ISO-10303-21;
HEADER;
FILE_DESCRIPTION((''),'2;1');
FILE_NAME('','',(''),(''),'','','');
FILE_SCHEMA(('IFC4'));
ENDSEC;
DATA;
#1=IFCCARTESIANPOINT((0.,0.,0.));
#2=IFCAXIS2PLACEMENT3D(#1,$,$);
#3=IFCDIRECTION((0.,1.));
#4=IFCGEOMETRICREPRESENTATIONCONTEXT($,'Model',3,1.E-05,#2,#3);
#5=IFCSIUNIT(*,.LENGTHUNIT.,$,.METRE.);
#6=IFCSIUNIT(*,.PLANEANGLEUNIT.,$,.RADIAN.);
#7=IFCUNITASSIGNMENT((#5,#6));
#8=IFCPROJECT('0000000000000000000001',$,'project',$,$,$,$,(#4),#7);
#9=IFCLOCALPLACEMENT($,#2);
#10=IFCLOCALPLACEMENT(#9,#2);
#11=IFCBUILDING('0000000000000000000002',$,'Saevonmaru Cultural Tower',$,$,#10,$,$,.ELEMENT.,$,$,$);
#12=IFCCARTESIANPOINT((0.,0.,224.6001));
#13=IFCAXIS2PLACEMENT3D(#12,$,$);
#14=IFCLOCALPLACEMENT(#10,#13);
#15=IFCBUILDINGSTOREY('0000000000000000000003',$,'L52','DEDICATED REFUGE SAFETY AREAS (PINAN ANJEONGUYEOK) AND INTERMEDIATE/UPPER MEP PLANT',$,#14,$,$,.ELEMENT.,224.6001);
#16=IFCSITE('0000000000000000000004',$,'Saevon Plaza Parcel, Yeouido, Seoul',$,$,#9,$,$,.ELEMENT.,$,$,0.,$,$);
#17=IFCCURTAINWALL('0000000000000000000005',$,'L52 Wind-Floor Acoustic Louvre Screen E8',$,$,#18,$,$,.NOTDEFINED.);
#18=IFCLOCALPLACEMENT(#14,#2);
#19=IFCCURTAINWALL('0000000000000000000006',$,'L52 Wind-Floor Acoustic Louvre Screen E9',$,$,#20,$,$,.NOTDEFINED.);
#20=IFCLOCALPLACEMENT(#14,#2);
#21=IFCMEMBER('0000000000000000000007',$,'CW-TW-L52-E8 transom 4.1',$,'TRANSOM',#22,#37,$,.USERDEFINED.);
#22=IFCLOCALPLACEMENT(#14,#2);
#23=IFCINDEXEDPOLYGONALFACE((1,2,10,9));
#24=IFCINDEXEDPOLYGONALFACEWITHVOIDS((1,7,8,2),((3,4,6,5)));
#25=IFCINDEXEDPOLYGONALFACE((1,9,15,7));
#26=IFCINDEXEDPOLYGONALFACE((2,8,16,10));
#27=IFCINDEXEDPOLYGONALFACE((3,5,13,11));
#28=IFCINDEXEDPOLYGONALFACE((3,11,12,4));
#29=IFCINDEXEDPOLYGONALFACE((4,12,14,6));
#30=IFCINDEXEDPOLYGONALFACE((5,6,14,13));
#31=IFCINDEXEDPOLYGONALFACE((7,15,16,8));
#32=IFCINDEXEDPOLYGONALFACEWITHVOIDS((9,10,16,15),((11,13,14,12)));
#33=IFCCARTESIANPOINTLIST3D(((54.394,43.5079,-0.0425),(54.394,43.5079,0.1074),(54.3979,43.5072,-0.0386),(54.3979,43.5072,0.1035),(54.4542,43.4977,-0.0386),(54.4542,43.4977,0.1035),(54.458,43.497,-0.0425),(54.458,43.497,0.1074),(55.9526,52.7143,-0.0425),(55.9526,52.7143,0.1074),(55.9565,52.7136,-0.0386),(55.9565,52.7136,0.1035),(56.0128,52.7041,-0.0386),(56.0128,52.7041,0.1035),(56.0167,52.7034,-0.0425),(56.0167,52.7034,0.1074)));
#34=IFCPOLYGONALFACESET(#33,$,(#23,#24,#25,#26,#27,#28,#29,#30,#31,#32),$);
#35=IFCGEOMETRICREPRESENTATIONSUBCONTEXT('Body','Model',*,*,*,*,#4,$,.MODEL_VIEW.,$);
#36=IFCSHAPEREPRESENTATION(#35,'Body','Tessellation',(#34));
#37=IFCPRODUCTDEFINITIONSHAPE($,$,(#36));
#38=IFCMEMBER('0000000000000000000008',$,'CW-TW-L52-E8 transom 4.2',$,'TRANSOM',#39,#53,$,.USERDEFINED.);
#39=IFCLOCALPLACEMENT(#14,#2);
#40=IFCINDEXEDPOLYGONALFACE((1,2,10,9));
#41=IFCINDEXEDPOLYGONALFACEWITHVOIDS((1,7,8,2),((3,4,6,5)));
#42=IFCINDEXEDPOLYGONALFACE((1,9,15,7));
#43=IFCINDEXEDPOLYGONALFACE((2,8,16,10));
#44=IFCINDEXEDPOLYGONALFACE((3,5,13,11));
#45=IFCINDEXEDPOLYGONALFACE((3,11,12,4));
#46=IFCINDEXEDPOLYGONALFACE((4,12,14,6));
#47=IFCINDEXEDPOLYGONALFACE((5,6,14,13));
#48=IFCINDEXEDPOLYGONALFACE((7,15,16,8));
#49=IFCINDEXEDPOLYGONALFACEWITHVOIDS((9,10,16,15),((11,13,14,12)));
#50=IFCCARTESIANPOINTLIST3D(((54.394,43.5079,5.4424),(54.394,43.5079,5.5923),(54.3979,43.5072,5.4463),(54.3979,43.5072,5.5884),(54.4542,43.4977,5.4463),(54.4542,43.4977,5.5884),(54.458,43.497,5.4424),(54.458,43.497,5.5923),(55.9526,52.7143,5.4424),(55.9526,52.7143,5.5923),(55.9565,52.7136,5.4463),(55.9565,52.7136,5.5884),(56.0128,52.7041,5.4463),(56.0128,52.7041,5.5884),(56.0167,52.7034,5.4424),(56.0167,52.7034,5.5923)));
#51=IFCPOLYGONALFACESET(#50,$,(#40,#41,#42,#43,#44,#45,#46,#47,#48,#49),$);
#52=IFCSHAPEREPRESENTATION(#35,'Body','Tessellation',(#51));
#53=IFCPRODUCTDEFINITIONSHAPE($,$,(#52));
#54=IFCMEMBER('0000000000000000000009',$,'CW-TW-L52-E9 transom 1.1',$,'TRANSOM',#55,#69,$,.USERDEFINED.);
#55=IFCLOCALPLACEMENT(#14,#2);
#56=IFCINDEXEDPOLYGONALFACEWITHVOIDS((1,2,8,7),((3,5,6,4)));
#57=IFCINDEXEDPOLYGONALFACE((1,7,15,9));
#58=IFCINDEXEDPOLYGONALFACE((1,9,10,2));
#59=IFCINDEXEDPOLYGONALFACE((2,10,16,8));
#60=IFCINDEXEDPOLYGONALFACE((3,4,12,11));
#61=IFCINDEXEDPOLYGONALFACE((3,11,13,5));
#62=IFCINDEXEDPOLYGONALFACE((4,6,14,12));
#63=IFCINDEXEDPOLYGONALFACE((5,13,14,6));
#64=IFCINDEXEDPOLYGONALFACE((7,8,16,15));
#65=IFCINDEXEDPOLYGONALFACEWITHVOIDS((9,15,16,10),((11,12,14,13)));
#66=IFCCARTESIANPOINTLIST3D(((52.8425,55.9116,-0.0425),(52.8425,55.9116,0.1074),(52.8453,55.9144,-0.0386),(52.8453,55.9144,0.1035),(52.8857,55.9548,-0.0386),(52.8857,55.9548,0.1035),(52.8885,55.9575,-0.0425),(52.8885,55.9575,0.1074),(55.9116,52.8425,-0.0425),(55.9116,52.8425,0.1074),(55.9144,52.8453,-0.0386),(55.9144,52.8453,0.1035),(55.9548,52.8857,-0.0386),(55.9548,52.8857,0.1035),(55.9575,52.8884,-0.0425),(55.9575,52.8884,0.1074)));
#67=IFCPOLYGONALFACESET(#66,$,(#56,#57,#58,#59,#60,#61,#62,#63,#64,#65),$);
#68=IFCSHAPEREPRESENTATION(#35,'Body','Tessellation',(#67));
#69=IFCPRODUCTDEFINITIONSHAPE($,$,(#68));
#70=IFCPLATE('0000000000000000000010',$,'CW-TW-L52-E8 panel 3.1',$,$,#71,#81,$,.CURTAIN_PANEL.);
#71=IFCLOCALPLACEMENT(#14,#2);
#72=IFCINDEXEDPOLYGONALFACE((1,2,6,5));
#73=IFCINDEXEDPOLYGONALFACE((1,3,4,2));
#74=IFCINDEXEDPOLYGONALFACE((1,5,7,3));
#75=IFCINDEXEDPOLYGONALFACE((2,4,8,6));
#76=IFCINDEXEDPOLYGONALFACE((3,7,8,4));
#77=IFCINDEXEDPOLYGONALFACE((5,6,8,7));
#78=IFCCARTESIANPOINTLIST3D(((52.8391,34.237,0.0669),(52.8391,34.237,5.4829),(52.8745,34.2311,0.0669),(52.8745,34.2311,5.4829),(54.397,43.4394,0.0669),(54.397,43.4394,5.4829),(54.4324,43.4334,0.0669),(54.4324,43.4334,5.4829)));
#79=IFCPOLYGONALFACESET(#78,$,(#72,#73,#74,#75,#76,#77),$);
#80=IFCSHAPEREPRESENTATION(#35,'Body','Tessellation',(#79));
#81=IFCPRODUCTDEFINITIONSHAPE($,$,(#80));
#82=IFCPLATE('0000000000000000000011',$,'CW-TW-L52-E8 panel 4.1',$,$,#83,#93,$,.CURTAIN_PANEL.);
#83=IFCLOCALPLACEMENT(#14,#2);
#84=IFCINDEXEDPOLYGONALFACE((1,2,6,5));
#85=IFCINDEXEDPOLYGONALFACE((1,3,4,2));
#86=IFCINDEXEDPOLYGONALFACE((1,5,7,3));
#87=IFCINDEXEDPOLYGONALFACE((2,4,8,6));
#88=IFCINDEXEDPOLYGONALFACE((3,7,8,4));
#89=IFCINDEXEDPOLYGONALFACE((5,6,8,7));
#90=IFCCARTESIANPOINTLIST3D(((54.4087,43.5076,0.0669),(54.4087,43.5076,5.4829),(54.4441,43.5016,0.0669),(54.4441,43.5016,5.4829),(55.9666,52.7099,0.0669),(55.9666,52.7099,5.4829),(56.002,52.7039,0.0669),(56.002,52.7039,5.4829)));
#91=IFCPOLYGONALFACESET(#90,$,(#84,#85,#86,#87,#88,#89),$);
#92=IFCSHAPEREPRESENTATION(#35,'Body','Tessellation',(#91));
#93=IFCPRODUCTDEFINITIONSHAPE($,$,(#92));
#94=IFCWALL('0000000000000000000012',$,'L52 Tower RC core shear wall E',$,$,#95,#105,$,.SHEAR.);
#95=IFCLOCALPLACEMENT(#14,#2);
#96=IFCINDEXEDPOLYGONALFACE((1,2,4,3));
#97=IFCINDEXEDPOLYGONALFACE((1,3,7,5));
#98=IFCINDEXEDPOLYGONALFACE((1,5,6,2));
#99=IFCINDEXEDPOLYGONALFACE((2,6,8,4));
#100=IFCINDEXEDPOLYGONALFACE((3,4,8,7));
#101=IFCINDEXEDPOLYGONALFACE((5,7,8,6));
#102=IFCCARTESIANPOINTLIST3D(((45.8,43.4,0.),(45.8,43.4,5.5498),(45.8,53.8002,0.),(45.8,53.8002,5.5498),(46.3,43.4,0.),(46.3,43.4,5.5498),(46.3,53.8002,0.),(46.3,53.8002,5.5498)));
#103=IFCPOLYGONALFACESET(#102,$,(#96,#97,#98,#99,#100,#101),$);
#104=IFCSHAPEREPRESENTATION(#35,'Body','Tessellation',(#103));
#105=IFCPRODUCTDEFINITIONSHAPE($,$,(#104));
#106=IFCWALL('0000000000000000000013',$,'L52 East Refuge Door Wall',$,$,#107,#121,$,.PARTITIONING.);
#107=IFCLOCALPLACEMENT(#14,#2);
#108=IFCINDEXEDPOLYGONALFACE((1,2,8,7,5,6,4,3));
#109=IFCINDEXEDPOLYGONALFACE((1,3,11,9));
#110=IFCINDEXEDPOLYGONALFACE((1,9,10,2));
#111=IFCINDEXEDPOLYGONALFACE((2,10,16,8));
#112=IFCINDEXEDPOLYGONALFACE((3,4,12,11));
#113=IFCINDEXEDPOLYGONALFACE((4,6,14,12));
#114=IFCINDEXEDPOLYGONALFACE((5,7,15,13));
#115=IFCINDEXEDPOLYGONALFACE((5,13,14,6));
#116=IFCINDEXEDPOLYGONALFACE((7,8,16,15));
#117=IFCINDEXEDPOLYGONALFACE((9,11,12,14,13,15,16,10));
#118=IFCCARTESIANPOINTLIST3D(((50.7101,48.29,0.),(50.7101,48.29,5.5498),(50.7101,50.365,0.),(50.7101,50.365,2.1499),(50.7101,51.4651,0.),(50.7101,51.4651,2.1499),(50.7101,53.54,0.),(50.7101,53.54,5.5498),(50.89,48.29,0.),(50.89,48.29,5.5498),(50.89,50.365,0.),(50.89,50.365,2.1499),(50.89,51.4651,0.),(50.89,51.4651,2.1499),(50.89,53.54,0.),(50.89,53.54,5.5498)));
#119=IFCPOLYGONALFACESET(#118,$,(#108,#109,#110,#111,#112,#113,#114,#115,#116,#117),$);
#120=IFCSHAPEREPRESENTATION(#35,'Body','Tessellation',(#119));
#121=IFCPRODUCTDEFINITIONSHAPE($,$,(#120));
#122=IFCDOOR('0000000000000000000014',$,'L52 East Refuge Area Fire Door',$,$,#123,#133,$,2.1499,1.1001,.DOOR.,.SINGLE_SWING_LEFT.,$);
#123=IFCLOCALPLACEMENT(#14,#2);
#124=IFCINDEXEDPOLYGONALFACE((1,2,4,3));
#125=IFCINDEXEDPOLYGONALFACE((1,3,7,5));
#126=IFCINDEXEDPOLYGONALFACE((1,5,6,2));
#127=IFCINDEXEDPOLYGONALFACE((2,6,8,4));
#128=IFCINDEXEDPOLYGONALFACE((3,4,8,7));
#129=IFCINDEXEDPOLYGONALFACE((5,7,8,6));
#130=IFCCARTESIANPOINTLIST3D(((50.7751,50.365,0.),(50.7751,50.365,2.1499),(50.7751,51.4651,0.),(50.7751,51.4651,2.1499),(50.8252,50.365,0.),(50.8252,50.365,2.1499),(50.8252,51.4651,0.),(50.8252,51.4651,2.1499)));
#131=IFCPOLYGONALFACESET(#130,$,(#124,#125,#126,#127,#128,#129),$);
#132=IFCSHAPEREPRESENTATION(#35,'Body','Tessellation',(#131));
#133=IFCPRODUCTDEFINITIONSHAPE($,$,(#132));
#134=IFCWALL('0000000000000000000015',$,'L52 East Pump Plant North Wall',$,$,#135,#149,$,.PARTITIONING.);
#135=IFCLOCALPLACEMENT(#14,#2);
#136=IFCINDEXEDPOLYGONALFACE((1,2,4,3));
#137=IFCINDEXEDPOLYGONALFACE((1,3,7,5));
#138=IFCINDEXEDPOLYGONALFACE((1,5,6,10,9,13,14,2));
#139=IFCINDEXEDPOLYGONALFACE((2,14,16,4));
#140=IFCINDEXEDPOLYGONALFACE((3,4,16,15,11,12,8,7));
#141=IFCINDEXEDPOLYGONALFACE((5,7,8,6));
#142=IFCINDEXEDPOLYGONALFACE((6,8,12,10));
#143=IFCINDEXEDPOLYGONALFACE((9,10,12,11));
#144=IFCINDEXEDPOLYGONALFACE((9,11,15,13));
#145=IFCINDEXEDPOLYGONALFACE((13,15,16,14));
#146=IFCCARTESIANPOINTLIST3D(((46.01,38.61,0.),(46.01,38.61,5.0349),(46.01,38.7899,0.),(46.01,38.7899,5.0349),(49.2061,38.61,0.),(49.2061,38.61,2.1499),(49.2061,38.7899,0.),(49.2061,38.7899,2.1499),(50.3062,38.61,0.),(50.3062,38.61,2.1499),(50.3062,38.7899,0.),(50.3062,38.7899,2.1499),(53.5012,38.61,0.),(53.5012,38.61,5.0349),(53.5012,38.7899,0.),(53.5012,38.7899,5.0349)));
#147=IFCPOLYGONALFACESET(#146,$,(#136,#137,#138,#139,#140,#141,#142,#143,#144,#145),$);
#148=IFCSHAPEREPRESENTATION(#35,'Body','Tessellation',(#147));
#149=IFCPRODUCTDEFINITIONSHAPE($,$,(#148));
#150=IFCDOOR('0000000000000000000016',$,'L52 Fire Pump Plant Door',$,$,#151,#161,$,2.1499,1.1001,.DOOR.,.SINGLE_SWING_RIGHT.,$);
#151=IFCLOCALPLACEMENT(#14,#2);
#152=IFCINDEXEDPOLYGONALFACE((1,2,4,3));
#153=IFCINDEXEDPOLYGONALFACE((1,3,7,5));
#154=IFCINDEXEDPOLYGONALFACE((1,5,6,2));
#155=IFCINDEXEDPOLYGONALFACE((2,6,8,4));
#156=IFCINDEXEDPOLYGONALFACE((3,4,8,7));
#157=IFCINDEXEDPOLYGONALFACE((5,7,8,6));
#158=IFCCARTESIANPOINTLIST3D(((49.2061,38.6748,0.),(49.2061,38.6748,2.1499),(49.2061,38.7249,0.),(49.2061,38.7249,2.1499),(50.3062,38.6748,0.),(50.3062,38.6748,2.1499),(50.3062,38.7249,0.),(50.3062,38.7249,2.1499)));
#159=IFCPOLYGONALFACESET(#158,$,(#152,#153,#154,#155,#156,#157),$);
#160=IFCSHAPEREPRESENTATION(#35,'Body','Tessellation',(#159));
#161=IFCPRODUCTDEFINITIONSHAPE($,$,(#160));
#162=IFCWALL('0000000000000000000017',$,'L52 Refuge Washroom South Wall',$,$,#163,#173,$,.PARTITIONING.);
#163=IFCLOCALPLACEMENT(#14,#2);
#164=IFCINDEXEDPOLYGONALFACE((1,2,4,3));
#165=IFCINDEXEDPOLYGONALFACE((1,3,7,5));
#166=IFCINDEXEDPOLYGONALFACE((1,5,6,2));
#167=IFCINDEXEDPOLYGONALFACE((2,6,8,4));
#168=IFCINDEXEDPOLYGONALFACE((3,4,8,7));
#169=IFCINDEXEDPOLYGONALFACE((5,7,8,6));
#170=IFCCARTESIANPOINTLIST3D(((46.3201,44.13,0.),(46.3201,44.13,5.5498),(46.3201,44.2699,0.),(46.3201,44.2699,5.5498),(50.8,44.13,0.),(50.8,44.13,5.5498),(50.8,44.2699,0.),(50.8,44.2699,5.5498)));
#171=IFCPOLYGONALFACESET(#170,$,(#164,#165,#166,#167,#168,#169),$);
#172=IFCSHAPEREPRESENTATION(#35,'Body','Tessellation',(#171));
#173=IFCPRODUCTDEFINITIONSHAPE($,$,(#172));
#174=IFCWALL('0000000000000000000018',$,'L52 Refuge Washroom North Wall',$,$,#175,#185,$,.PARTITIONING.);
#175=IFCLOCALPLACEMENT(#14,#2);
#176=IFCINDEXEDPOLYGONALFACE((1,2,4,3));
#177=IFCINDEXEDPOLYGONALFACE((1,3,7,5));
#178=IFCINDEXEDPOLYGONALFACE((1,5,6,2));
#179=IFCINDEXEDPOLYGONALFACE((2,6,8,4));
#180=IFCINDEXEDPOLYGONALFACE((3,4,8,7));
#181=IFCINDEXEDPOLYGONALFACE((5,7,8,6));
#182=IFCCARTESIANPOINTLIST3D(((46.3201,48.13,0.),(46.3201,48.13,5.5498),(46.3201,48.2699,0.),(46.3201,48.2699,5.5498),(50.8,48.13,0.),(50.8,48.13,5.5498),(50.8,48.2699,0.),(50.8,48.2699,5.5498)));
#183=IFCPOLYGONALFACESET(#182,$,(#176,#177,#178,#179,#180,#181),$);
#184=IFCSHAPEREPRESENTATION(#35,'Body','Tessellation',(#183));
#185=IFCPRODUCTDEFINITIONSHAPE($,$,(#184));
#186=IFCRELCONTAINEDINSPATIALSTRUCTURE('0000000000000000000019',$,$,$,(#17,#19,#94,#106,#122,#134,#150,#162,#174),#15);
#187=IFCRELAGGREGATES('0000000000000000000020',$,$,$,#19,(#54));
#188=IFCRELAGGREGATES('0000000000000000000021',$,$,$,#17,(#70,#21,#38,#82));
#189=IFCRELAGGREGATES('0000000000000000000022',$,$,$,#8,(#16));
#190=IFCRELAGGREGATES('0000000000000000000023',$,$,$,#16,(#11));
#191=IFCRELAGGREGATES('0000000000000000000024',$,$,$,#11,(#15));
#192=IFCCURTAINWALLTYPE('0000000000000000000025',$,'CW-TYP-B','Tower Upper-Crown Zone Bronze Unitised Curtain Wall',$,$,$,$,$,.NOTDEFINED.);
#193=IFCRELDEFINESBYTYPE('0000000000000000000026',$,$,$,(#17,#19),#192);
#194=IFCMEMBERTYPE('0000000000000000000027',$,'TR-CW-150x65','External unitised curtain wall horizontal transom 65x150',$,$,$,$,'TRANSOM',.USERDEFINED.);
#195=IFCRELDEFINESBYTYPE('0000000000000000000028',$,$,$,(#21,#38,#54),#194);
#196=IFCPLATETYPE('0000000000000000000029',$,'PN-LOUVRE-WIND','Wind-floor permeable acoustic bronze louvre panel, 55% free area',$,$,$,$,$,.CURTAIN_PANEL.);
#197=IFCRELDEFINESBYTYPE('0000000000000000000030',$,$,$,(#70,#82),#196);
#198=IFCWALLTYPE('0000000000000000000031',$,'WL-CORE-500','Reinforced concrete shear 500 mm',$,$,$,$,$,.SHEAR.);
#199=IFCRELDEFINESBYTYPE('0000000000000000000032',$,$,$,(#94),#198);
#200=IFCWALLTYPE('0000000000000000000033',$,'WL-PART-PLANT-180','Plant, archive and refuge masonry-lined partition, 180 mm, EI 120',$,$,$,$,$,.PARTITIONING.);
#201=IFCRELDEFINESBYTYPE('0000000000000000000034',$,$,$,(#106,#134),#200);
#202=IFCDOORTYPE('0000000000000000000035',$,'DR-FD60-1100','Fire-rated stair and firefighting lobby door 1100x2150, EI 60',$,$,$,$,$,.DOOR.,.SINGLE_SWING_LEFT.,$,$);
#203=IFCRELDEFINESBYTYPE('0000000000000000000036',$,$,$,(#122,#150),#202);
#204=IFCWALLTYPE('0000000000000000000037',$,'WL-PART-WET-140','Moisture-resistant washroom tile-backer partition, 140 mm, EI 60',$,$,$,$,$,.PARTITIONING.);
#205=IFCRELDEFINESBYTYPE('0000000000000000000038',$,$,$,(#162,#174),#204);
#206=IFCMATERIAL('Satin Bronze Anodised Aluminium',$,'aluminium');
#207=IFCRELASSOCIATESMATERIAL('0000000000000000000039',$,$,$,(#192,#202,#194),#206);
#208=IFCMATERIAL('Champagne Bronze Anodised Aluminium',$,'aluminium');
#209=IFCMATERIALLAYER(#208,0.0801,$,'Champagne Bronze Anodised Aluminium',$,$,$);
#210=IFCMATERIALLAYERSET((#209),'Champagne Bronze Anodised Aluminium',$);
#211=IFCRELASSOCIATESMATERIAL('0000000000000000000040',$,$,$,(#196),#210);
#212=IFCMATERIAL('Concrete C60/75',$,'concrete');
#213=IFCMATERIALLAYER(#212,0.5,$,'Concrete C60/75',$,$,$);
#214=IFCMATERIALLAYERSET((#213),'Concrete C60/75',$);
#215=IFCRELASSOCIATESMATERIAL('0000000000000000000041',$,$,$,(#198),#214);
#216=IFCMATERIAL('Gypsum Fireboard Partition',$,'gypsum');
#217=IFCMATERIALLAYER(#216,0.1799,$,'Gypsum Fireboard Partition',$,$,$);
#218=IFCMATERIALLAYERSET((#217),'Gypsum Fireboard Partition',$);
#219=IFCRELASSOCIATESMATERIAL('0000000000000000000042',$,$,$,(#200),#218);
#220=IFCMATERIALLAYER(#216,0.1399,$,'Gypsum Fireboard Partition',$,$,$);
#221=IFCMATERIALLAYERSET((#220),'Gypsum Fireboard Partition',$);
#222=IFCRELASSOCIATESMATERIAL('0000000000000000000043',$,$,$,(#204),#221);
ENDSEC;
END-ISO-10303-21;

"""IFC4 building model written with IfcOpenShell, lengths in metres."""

from ifc_helpers import new_model, si_unit, direction, frame, frame_2d, origin, origin_2d, place, context, subcontext, project, spatial, rectangle, hollow_rectangle, extrude, material, layer, layer_set, material_profile, profile_set, type_object, element, fill, aggregate, save


model = new_model("IFC4")

# Units and contexts
model_context = context("Model", 3, precision=1e-05, world=origin(), true_north=direction((0.0, 1.0)))
body_context = subcontext(model_context, "Body", "Model", "MODEL_VIEW")
ifc_project = project(units=[si_unit("LENGTHUNIT", "METRE"), si_unit("PLANEANGLEUNIT", "RADIAN")], contexts=[model_context])

# Site, building, storey
site_placement = place(None, origin())
site = spatial("IfcSite", under=ifc_project, at=site_placement, Name="Saevon Plaza Parcel, Yeouido, Seoul", CompositionType="ELEMENT", RefElevation=0.0)
building_placement = place(site_placement, origin())
building = spatial("IfcBuilding", under=site, at=building_placement, Name="Saevonmaru Cultural Tower", CompositionType="ELEMENT")
storey_placement = place(building_placement, frame((0.0, 0.0, 224.6001)))
storey = spatial("IfcBuildingStorey", under=building, at=storey_placement, Name="L52", Description="DEDICATED REFUGE SAFETY AREAS (PINAN ANJEONGUYEOK) AND INTERMEDIATE/UPPER MEP PLANT", CompositionType="ELEMENT", Elevation=224.6001)

# Curtain wall
ifc_material_1 = material(Name="Satin Bronze Anodised Aluminium", Category="aluminium")
curtain_wall_type = type_object("IfcCurtainWallType", Name="CW-TYP-B", Description="Tower Upper-Crown Zone Bronze Unitised Curtain Wall", PredefinedType="NOTDEFINED", material=ifc_material_1)
curtain_wall_1_placement = place(storey_placement, origin())
curtain_wall_1 = element("IfcCurtainWall", 1, at=curtain_wall_1_placement, inside=storey, type_object=curtain_wall_type, Name="L52 Wind-Floor Acoustic Louvre Screen E8", PredefinedType="NOTDEFINED")

# Curtain wall
curtain_wall_2_placement = place(storey_placement, origin())
curtain_wall_2 = element("IfcCurtainWall", 2, at=curtain_wall_2_placement, inside=storey, type_object=curtain_wall_type, Name="L52 Wind-Floor Acoustic Louvre Screen E9", PredefinedType="NOTDEFINED")

# Members
ifc_material_profile_1 = material_profile(ifc_material_1, hollow_rectangle(XDim=0.0649, YDim=0.1499, WallThickness=0.0039, at=origin_2d()), Name="ALU-TRAN-150x65x4")
ifc_profile_set_1 = profile_set([ifc_material_profile_1], Name="Satin Bronze Anodised Aluminium")
member_type_1 = type_object("IfcMemberType", Name="TR-CW-150x65", Description="External unitised curtain wall horizontal transom 65x150", ElementType="TRANSOM", PredefinedType="USERDEFINED", material=ifc_profile_set_1)
member_1_placement = place(storey_placement, frame((54.426, 43.5024, 0.0325), z_axis=(0.166921, 0.98597, 0.0), x_axis=(-0.98597, 0.166921, 0.0)))
member_1 = element("IfcMember", 3, at=member_1_placement, type_object=member_type_1, Name="CW-TW-L52-E8 transom 4.1", ObjectType="TRANSOM", PredefinedType="USERDEFINED", context=body_context, shape_type="SweptSolid", body=[
    extrude(hollow_rectangle(XDim=0.0649, YDim=0.1499, WallThickness=0.0039, at=origin_2d()), origin(), (0.0, 0.0, 1.0), 9.3374),
])
member_2_placement = place(storey_placement, frame((54.426, 43.5024, 5.5173), z_axis=(0.166921, 0.98597, 0.0), x_axis=(-0.98597, 0.166921, 0.0)))
member_2 = element("IfcMember", 4, at=member_2_placement, type_object=member_type_1, Name="CW-TW-L52-E8 transom 4.2", ObjectType="TRANSOM", PredefinedType="USERDEFINED", context=body_context, shape_type="SweptSolid", body=[
    extrude(hollow_rectangle(XDim=0.0649, YDim=0.1499, WallThickness=0.0039, at=origin_2d()), origin(), (0.0, 0.0, 1.0), 9.3374),
])
member_3_placement = place(storey_placement, frame((55.9346, 52.8655, 0.0325), z_axis=(-0.707107, 0.707107, 0.0), x_axis=(-0.707107, -0.707107, 0.0)))
member_3 = element("IfcMember", 5, at=member_3_placement, type_object=member_type_1, Name="CW-TW-L52-E9 transom 1.1", ObjectType="TRANSOM", PredefinedType="USERDEFINED", context=body_context, shape_type="SweptSolid", body=[
    extrude(hollow_rectangle(XDim=0.0649, YDim=0.1499, WallThickness=0.0039, at=origin_2d()), origin(), (0.0, 0.0, 1.0), 4.3403),
])
aggregate(curtain_wall_2, [member_3])

# Plates
ifc_material_2 = material(Name="Champagne Bronze Anodised Aluminium", Category="aluminium")
ifc_layer_1 = layer(ifc_material_2, 0.0801, Name="Champagne Bronze Anodised Aluminium")
ifc_layer_set_1 = layer_set([ifc_layer_1], Name="Champagne Bronze Anodised Aluminium")
plate_type = type_object("IfcPlateType", Name="PN-LOUVRE-WIND", Description="Wind-floor permeable acoustic bronze louvre panel, 55% free area", PredefinedType="CURTAIN_PANEL", material=ifc_layer_set_1)
plate_1_placement = place(storey_placement, frame((53.6357, 38.8352, 0.0669), z_axis=(0.0, 0.0, 1.0), x_axis=(0.166922, 0.98597, 0.0)))
plate_1 = element("IfcPlate", 6, at=plate_1_placement, type_object=plate_type, Name="CW-TW-L52-E8 panel 3.1", PredefinedType="CURTAIN_PANEL", context=body_context, shape_type="SweptSolid", body=[
    extrude(rectangle(XDim=9.3333, YDim=0.0359, at=origin_2d()), origin(), (0.0, 0.0, 1.0), 5.416),
])
plate_2_placement = place(storey_placement, frame((55.2053, 48.1057, 0.0669), z_axis=(0.0, 0.0, 1.0), x_axis=(0.166922, 0.98597, 0.0)))
plate_2 = element("IfcPlate", 7, at=plate_2_placement, type_object=plate_type, Name="CW-TW-L52-E8 panel 4.1", PredefinedType="CURTAIN_PANEL", context=body_context, shape_type="SweptSolid", body=[
    extrude(rectangle(XDim=9.3333, YDim=0.0359, at=origin_2d()), origin(), (0.0, 0.0, 1.0), 5.416),
])
aggregate(curtain_wall_1, [plate_1, member_1, member_2, plate_2])

# Wall
ifc_material_3 = material(Name="Concrete C60/75", Category="concrete")
ifc_layer_2 = layer(ifc_material_3, 0.5, Name="Concrete C60/75")
ifc_layer_set_2 = layer_set([ifc_layer_2], Name="Concrete C60/75")
wall_type_1 = type_object("IfcWallType", Name="WL-CORE-500", Description="Reinforced concrete shear 500 mm", PredefinedType="SHEAR", material=ifc_layer_set_2)
wall_1_placement = place(storey_placement, frame((46.05, 43.3999, 0.0), z_axis=(0.0, 0.0, 1.0), x_axis=(0.0, 1.0, 0.0)))
element("IfcWall", 8, at=wall_1_placement, inside=storey, type_object=wall_type_1, Name="L52 Tower RC core shear wall E", PredefinedType="SHEAR", context=body_context, shape_type="SweptSolid", body=[
    extrude(rectangle(XDim=10.4001, YDim=0.5, at=frame_2d((5.2002, 0.0))), origin(), (0.0, 0.0, 1.0), 5.5498),
])

# Walls, openings, doors
ifc_material_4 = material(Name="Gypsum Fireboard Partition", Category="gypsum")
ifc_layer_3 = layer(ifc_material_4, 0.1799, Name="Gypsum Fireboard Partition")
ifc_layer_set_3 = layer_set([ifc_layer_3], Name="Gypsum Fireboard Partition")
wall_type_2 = type_object("IfcWallType", Name="WL-PART-PLANT-180", Description="Plant, archive and refuge masonry-lined partition, 180 mm, EI 120", PredefinedType="PARTITIONING", material=ifc_layer_set_3)
wall_2_placement = place(storey_placement, frame((50.8, 48.29, 0.0), z_axis=(0.0, 0.0, 1.0), x_axis=(0.0, 1.0, 0.0)))
wall_2 = element("IfcWall", 9, at=wall_2_placement, inside=storey, type_object=wall_type_2, Name="L52 East Refuge Door Wall", PredefinedType="PARTITIONING", context=body_context, shape_type="SweptSolid", body=[
    extrude(rectangle(XDim=5.25, YDim=0.1799, at=frame_2d((2.625, 0.0))), origin(), (0.0, 0.0, 1.0), 5.5498),
])
opening_1_placement = place(wall_2_placement, frame((2.075, 0.0, 0.0)))
opening_1 = element("IfcOpeningElement", 10, at=opening_1_placement, cuts=wall_2, PredefinedType="OPENING", context=body_context, shape_type="SweptSolid", body=[
    extrude(rectangle(XDim=1.1001, YDim=2.1499, at=frame_2d((0.55, 1.075))), frame((0.0, 0.1001, 0.0), z_axis=(0.0, -1.0, 0.0), x_axis=(1.0, 0.0, 0.0)), (0.0, 0.0, 1.0), 0.2),
])
door_type_1 = type_object("IfcDoorType", Name="DR-FD60-1100", Description="Fire-rated stair and firefighting lobby door 1100x2150, EI 60", OperationType="SINGLE_SWING_LEFT", PredefinedType="DOOR", material=ifc_material_1)
door_1_placement = place(opening_1_placement, origin())
door_1 = element("IfcDoor", 11, at=door_1_placement, inside=storey, type_object=door_type_1, Name="L52 East Refuge Area Fire Door", OperationType="SINGLE_SWING_LEFT", OverallHeight=2.1499, OverallWidth=1.1001, PredefinedType="DOOR", context=body_context, shape_type="SweptSolid", body=[
    extrude(rectangle(XDim=1.1001, YDim=2.1499, at=frame_2d((0.55, 1.075))), frame((0.0, 0.0249, 0.0), z_axis=(0.0, -1.0, 0.0), x_axis=(1.0, 0.0, 0.0)), (0.0, 0.0, 1.0), 0.05),
])
fill(opening_1, door_1)
wall_3_placement = place(storey_placement, frame((46.01, 38.7, 0.0), z_axis=(0.0, 0.0, 1.0), x_axis=(1.0, 0.0, 0.0)))
wall_3 = element("IfcWall", 12, at=wall_3_placement, inside=storey, type_object=wall_type_2, Name="L52 East Pump Plant North Wall", PredefinedType="PARTITIONING", context=body_context, shape_type="SweptSolid", body=[
    extrude(rectangle(XDim=7.4912, YDim=0.1799, at=frame_2d((3.7456, 0.0))), origin(), (0.0, 0.0, 1.0), 5.0349),
])
opening_2_placement = place(wall_3_placement, frame((3.196, 0.0, 0.0)))
opening_2 = element("IfcOpeningElement", 13, at=opening_2_placement, cuts=wall_3, PredefinedType="OPENING", context=body_context, shape_type="SweptSolid", body=[
    extrude(rectangle(XDim=1.1001, YDim=2.1499, at=frame_2d((0.55, 1.075))), frame((0.0, 0.1001, 0.0), z_axis=(0.0, -1.0, 0.0), x_axis=(1.0, 0.0, 0.0)), (0.0, 0.0, 1.0), 0.2),
])
door_2_placement = place(opening_2_placement, origin())
door_2 = element("IfcDoor", 14, at=door_2_placement, inside=storey, type_object=door_type_1, Name="L52 Fire Pump Plant Door", OperationType="SINGLE_SWING_RIGHT", OverallHeight=2.1499, OverallWidth=1.1001, PredefinedType="DOOR", context=body_context, shape_type="SweptSolid", body=[
    extrude(rectangle(XDim=1.1001, YDim=2.1499, at=frame_2d((0.55, 1.075))), frame((0.0, 0.0249, 0.0), z_axis=(0.0, -1.0, 0.0), x_axis=(1.0, 0.0, 0.0)), (0.0, 0.0, 1.0), 0.05),
])
fill(opening_2, door_2)

# Walls
ifc_layer_4 = layer(ifc_material_4, 0.1399, Name="Gypsum Fireboard Partition")
ifc_layer_set_4 = layer_set([ifc_layer_4], Name="Gypsum Fireboard Partition")
wall_type_3 = type_object("IfcWallType", Name="WL-PART-WET-140", Description="Moisture-resistant washroom tile-backer partition, 140 mm, EI 60", PredefinedType="PARTITIONING", material=ifc_layer_set_4)
for number, where, z_axis, x_axis, name in (
    (15, (46.3201, 44.2, 0.0), (0.0, 0.0, 1.0), (1.0, 0.0, 0.0), "L52 Refuge Washroom South Wall"),
    (16, (46.3201, 48.2, 0.0), (0.0, 0.0, 1.0), (1.0, 0.0, 0.0), "L52 Refuge Washroom North Wall"),
):
    element("IfcWall", number, at=place(storey_placement, frame(where, z_axis=z_axis, x_axis=x_axis)), inside=storey, type_object=wall_type_3, Name=name, PredefinedType="PARTITIONING", context=body_context, shape_type="SweptSolid", body=[
        extrude(rectangle(XDim=4.48, YDim=0.1399, at=frame_2d((2.24, 0.0))), origin(), (0.0, 0.0, 1.0), 5.5498),
    ])

save(model, "model.ifc")
